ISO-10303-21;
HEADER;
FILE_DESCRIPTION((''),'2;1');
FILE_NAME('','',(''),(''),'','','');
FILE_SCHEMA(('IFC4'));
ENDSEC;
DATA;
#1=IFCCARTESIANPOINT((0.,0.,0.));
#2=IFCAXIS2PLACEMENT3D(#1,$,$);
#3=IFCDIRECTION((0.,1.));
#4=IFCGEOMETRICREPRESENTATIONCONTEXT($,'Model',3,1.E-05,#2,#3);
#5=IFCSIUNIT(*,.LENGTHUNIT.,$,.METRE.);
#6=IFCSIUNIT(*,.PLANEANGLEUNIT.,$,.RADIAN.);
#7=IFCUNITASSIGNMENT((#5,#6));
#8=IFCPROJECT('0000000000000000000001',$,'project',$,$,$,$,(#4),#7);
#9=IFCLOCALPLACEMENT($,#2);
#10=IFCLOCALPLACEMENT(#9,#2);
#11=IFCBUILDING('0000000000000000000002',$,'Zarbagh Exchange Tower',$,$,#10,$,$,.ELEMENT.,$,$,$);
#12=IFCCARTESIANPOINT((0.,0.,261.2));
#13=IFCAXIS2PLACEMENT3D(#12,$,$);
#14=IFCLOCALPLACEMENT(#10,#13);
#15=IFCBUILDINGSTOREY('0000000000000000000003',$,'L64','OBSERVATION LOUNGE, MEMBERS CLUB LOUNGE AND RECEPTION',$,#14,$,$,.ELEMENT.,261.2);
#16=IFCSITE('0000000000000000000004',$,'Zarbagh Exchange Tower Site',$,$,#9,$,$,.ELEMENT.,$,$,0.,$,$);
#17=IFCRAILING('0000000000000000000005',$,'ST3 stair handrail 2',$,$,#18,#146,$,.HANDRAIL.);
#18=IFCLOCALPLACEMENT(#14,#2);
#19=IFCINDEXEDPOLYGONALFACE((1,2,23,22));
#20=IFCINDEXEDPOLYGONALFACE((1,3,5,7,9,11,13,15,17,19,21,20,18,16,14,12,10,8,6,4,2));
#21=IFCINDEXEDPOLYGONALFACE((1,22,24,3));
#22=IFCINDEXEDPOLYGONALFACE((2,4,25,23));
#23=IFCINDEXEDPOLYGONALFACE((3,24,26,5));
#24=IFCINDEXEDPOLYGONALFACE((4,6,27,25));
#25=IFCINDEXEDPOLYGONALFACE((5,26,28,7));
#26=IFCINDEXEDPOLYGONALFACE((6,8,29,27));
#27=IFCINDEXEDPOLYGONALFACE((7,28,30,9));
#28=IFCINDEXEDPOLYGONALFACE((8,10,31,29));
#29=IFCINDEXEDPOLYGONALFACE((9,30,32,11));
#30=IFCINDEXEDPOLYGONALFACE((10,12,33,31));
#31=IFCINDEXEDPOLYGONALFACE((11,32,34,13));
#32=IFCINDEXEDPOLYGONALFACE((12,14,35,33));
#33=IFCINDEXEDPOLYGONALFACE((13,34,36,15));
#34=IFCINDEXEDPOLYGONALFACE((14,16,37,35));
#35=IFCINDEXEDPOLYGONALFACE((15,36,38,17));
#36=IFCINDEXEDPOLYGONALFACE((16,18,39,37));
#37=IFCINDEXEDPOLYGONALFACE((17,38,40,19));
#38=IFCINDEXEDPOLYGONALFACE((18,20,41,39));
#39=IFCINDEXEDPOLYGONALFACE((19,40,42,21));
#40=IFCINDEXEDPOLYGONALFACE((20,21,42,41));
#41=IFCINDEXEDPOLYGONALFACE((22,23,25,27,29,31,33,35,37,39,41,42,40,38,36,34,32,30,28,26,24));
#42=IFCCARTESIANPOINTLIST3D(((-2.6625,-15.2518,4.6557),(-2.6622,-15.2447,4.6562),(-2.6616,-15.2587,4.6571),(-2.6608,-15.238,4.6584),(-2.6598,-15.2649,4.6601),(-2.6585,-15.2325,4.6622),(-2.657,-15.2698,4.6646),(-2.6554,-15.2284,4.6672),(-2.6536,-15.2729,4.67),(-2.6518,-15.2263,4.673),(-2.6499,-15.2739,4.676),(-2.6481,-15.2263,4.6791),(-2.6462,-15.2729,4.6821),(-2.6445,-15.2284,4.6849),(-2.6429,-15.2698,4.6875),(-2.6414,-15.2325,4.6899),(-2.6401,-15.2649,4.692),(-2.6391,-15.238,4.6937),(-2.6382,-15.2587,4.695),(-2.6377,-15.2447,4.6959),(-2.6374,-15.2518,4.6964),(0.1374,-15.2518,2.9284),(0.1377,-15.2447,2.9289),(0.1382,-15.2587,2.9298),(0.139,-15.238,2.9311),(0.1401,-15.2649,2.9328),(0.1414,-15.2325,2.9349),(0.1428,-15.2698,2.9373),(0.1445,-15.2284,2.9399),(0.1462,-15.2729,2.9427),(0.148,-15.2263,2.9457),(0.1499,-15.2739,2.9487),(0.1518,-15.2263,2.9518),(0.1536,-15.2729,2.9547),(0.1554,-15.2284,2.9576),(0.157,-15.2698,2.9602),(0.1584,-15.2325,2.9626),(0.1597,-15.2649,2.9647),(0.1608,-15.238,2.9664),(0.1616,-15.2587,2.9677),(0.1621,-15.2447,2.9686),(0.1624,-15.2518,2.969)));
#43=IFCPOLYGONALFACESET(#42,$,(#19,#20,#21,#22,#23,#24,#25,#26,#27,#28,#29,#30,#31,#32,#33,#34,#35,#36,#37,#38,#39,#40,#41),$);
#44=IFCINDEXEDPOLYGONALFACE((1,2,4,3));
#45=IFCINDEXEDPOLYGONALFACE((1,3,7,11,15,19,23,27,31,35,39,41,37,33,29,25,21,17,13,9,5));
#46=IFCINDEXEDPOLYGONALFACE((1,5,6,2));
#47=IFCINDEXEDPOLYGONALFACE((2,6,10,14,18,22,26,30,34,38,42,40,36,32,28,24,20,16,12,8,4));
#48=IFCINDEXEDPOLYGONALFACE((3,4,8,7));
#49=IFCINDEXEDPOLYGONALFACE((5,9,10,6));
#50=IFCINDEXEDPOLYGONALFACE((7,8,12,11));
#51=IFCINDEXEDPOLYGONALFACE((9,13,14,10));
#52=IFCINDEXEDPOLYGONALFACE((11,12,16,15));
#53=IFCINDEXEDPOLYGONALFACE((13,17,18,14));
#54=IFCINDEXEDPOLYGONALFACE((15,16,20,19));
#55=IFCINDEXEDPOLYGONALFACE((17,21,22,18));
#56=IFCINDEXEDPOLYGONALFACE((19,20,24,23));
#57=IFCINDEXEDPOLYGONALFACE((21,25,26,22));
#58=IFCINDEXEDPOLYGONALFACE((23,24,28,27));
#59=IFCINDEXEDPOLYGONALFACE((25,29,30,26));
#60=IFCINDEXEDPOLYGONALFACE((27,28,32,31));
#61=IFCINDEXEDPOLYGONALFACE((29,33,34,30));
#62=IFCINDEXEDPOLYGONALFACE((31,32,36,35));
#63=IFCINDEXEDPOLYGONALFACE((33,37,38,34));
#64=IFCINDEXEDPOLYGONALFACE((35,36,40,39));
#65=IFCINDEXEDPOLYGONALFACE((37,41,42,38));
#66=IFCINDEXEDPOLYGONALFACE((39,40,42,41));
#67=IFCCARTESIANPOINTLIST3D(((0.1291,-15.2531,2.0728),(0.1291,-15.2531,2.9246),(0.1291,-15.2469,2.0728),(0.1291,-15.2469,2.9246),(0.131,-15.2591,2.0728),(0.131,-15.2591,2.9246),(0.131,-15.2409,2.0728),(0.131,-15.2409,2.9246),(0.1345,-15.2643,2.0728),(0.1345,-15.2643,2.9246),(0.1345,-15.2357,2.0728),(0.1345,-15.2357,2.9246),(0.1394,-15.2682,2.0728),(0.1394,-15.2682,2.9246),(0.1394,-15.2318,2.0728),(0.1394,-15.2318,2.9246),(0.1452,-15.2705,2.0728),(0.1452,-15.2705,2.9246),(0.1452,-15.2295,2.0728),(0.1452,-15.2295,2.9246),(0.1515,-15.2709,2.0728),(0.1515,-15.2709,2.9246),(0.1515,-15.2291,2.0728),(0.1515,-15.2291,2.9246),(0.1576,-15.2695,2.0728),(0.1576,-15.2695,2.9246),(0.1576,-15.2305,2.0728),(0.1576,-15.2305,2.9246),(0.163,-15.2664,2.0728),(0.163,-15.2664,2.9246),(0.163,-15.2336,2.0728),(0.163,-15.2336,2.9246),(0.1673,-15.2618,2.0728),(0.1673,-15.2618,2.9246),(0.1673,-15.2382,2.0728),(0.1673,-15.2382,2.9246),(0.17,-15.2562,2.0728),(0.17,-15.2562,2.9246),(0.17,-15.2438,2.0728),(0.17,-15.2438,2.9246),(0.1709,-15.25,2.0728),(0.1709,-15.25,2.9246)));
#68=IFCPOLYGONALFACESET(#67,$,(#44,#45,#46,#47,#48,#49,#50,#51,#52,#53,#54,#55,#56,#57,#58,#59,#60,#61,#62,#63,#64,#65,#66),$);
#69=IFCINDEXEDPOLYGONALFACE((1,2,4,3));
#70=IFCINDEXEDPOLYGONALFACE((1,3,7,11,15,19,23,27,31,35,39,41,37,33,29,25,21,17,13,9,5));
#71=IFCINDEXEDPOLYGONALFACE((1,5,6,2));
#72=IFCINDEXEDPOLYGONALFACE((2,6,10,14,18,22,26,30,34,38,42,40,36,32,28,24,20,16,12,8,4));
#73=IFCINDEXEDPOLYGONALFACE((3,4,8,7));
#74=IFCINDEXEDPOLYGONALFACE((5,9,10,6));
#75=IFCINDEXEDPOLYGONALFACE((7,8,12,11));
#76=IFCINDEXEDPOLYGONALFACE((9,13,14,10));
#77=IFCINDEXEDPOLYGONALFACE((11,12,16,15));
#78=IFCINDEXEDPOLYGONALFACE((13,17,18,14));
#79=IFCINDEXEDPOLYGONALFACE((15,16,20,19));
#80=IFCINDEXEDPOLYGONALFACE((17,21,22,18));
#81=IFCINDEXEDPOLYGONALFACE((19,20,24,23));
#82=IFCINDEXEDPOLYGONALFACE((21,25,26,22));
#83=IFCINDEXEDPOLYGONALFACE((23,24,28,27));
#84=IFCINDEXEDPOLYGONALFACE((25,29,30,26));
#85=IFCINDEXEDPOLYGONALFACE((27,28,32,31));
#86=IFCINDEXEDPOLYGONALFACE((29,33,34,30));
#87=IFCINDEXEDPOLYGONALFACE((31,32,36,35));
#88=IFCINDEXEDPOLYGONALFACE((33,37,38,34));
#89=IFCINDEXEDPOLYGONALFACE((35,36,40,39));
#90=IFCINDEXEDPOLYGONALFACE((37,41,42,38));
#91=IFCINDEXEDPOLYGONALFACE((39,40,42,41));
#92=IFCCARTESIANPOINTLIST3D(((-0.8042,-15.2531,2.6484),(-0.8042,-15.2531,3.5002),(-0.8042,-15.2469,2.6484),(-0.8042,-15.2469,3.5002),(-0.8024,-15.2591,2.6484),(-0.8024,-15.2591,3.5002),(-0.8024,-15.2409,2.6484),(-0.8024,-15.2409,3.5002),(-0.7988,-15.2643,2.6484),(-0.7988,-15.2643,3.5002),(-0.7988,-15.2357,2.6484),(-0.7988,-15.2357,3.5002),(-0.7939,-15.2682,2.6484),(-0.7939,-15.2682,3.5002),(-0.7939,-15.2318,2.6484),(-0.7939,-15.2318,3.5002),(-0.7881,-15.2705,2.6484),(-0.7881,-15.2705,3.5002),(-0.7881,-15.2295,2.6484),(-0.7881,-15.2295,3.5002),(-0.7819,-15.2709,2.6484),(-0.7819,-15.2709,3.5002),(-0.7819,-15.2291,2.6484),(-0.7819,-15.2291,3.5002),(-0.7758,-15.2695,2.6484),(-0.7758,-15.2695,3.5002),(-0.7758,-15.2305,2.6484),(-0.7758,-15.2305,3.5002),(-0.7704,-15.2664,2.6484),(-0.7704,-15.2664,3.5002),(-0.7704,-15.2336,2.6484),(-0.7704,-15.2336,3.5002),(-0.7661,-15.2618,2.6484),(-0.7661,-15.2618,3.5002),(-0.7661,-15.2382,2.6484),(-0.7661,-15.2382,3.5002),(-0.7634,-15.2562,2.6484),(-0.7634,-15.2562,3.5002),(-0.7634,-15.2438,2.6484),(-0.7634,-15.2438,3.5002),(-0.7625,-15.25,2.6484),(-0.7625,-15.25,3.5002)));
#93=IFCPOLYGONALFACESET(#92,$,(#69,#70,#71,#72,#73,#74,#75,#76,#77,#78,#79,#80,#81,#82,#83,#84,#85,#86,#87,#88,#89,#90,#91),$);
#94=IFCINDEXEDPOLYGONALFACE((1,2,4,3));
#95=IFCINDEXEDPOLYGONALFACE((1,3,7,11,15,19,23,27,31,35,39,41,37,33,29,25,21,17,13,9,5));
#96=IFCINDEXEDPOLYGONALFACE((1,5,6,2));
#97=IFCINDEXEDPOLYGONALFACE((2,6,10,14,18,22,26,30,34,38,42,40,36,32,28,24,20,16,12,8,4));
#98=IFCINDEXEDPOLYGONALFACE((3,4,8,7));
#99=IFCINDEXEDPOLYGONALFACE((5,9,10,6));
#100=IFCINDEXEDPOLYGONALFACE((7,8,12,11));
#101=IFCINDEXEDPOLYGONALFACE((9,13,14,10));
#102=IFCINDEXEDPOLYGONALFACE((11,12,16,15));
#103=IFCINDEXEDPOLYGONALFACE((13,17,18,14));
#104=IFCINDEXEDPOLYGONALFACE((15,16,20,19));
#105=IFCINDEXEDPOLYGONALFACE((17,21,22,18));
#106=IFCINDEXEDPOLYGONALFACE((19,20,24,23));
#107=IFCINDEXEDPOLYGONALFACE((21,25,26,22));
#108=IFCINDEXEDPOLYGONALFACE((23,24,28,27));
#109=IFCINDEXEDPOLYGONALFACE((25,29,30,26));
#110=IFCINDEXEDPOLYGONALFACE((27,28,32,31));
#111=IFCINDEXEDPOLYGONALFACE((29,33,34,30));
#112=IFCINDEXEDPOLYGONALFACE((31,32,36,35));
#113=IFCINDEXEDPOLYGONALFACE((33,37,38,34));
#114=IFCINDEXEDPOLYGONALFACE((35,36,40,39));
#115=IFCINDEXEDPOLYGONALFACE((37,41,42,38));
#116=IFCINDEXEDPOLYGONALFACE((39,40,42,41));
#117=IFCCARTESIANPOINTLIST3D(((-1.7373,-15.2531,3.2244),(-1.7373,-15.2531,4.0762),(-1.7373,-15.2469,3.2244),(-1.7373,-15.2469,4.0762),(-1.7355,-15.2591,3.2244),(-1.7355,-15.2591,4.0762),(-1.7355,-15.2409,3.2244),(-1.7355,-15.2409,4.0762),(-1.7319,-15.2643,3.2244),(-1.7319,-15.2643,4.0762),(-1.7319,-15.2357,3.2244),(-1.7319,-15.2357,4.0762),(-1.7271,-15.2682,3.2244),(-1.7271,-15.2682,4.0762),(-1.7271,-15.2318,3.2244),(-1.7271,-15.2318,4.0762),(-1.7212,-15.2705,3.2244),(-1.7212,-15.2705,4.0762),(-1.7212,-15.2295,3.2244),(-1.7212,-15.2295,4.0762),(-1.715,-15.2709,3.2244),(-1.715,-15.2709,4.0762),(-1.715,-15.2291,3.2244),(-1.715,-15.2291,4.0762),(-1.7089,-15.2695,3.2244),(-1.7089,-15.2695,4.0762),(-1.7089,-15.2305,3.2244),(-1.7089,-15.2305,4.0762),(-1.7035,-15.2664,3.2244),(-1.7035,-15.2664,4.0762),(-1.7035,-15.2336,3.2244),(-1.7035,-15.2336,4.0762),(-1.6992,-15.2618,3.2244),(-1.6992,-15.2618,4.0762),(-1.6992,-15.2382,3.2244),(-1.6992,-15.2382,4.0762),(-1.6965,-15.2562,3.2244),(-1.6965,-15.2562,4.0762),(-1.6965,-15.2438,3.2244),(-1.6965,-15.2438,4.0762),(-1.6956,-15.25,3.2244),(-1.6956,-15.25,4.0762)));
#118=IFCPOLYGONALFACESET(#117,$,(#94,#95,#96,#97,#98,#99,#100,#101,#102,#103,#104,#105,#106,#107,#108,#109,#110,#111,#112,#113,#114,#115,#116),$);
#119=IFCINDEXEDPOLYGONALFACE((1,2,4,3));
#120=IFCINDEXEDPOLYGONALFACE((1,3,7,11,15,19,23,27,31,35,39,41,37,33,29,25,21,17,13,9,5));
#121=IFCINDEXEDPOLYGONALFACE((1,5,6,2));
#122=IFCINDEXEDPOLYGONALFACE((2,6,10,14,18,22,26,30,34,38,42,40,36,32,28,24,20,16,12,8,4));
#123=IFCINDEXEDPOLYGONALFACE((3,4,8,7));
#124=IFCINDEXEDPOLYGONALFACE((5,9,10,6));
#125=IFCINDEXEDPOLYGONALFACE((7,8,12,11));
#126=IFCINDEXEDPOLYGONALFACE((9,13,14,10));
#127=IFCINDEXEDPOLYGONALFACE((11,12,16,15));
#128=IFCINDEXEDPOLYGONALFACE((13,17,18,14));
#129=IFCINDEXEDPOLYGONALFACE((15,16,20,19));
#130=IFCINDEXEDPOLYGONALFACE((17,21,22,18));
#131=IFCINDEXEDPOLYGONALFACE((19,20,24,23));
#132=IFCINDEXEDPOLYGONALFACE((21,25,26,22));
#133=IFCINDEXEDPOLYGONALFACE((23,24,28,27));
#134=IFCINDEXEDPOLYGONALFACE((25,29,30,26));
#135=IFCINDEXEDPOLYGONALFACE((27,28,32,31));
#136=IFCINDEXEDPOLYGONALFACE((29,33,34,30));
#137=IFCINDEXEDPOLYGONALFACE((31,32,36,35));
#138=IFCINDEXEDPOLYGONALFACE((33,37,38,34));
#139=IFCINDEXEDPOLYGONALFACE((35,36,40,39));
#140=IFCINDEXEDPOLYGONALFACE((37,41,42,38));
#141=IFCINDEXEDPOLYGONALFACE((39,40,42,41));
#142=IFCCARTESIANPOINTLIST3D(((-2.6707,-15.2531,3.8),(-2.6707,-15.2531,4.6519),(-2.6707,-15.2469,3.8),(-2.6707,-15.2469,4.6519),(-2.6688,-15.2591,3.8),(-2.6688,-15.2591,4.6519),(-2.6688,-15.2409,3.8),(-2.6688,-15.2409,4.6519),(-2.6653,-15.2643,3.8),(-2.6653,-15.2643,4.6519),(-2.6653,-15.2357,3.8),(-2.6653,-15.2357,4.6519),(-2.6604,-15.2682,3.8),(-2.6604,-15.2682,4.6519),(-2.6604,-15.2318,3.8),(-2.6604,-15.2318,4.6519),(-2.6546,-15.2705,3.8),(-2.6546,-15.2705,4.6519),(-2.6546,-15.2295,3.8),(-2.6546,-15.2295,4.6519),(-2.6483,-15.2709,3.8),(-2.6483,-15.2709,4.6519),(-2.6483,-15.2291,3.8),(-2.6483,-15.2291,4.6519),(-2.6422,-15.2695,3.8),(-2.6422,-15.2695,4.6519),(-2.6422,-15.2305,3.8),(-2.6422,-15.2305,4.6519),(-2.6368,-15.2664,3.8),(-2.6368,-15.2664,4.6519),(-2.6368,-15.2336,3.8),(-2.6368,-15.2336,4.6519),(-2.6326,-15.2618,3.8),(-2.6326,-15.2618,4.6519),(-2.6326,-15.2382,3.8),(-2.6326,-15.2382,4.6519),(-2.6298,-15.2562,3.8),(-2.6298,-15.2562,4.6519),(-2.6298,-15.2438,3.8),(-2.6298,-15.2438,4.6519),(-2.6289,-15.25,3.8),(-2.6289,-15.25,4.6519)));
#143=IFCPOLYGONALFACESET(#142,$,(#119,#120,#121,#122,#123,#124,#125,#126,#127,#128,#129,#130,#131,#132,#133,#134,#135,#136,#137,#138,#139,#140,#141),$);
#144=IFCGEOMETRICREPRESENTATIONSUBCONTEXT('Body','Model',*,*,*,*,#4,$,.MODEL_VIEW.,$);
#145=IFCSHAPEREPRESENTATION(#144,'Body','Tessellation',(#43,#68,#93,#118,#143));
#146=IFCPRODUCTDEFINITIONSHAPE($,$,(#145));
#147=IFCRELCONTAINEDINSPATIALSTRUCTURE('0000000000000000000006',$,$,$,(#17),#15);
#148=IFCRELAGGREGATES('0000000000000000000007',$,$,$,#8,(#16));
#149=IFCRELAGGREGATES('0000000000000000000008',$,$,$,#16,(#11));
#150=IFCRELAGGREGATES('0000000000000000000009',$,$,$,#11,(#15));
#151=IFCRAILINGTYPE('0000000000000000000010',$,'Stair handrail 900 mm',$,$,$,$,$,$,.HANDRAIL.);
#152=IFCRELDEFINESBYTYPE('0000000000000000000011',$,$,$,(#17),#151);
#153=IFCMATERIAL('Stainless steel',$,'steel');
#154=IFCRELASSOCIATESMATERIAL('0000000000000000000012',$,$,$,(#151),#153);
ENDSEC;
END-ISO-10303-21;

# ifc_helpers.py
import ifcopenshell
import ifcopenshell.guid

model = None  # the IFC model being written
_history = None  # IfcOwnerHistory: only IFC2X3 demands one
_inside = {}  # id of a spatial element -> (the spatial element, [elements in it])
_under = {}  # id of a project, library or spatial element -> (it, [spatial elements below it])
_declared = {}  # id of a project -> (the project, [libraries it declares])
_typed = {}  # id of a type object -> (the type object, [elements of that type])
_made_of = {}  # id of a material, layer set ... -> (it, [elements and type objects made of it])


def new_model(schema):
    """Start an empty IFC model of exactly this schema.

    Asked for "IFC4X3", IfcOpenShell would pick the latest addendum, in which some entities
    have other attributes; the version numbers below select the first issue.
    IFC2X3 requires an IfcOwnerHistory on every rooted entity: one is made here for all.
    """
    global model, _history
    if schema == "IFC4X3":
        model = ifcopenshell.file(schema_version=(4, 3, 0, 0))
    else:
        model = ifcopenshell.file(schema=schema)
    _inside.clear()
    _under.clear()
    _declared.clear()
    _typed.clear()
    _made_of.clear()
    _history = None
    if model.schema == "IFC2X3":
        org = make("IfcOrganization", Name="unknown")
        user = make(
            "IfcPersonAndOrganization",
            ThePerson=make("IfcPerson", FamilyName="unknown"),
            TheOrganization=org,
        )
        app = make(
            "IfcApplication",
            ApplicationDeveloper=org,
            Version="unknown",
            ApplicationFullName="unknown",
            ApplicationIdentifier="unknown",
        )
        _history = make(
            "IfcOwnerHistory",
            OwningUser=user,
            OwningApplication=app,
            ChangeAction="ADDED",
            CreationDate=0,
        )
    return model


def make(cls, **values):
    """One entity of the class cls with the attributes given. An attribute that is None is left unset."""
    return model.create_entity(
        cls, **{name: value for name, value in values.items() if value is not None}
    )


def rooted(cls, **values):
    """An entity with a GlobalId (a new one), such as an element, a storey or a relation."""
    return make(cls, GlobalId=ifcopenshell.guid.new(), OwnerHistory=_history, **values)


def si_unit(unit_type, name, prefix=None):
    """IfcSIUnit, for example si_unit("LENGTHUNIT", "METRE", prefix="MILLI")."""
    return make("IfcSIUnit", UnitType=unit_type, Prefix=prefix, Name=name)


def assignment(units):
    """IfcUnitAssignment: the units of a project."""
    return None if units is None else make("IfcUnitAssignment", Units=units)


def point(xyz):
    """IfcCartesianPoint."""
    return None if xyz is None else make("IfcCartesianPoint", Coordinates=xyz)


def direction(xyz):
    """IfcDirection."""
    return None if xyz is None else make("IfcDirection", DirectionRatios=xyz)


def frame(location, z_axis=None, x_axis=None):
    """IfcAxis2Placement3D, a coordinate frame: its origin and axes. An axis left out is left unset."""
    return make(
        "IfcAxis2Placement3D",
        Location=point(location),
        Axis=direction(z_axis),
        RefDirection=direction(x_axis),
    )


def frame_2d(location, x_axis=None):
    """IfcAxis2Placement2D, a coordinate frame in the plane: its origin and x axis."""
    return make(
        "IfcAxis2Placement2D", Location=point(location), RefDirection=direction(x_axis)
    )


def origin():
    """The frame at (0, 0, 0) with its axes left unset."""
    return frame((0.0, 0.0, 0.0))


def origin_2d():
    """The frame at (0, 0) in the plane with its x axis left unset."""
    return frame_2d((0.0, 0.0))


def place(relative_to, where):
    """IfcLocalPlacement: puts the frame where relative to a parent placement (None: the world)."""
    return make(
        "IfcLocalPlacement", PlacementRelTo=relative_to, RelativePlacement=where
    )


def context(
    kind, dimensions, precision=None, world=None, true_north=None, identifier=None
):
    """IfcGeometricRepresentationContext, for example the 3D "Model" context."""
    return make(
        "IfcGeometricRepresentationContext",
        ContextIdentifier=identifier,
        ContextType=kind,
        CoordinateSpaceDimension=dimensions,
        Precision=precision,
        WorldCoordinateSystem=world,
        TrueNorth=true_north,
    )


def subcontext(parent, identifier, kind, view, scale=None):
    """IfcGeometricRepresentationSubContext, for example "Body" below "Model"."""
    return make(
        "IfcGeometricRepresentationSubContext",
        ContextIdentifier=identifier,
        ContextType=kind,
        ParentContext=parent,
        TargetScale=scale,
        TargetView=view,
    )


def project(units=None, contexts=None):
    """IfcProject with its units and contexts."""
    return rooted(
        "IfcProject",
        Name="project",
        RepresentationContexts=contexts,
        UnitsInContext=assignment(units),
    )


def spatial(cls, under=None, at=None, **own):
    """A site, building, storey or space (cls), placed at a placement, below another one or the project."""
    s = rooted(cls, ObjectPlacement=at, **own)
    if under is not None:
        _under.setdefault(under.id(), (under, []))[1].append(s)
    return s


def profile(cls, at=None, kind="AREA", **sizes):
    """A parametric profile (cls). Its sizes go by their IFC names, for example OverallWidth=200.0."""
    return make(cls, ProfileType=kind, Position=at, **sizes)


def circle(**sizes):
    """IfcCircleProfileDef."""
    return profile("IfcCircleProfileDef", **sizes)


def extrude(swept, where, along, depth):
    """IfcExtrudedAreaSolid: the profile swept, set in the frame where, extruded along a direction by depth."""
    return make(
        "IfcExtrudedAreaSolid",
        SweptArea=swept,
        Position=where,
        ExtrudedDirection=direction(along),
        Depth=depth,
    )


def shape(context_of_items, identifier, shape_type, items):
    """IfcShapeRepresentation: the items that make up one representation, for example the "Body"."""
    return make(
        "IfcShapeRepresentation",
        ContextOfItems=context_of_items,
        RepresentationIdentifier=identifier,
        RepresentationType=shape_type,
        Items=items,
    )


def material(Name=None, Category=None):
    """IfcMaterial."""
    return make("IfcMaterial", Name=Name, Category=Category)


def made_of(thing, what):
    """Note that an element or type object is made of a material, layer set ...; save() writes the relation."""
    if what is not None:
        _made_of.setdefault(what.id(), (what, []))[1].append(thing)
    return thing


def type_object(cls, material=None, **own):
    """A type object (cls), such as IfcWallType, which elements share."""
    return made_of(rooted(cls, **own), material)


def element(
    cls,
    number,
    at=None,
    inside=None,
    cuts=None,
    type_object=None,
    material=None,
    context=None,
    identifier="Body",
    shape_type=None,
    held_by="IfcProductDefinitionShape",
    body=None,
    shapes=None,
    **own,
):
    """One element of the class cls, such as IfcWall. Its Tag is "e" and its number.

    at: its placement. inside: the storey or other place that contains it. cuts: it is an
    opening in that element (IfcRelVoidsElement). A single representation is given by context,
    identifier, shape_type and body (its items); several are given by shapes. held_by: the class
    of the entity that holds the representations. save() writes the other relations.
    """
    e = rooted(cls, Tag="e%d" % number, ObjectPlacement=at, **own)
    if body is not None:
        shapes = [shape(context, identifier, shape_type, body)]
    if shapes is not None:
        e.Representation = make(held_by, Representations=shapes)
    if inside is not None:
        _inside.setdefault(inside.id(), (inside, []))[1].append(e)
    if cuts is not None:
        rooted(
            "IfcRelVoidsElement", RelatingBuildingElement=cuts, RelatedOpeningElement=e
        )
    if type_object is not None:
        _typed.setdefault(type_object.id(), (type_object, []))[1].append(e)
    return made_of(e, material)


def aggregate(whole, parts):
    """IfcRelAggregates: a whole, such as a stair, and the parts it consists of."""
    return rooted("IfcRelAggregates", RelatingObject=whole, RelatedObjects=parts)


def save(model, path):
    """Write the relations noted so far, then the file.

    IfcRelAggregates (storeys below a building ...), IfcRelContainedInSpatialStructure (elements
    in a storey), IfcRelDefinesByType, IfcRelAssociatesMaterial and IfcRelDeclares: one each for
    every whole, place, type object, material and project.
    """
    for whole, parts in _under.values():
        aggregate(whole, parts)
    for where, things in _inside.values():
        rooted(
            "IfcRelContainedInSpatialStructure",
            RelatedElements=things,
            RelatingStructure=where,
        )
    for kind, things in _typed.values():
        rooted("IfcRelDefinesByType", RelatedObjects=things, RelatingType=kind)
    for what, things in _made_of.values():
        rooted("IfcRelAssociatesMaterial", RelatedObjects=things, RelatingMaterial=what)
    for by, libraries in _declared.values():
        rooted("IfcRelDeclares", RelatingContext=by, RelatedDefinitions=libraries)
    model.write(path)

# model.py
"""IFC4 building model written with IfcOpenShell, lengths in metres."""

from ifc_helpers import new_model, si_unit, direction, frame, origin, origin_2d, place, context, subcontext, project, spatial, circle, extrude, material, type_object, element, save


model = new_model("IFC4")

# Units and contexts
model_context = context("Model", 3, precision=1e-05, world=origin(), true_north=direction((0.0, 1.0)))
body_context = subcontext(model_context, "Body", "Model", "MODEL_VIEW")
ifc_project = project(units=[si_unit("LENGTHUNIT", "METRE"), si_unit("PLANEANGLEUNIT", "RADIAN")], contexts=[model_context])

# Site, building, storey
site_placement = place(None, origin())
site = spatial("IfcSite", under=ifc_project, at=site_placement, Name="Zarbagh Exchange Tower Site", CompositionType="ELEMENT", RefElevation=0.0)
building_placement = place(site_placement, origin())
building = spatial("IfcBuilding", under=site, at=building_placement, Name="Zarbagh Exchange Tower", CompositionType="ELEMENT")
storey_placement = place(building_placement, frame((0.0, 0.0, 261.2)))
storey = spatial("IfcBuildingStorey", under=building, at=storey_placement, Name="L64", Description="OBSERVATION LOUNGE, MEMBERS CLUB LOUNGE AND RECEPTION", CompositionType="ELEMENT", Elevation=261.2)

# Shared definitions
ifc_material_1 = material(Name="Stainless steel", Category="steel")

# Railing
railing_type = type_object("IfcRailingType", Name="Stair handrail 900 mm", PredefinedType="HANDRAIL", material=ifc_material_1)
railing_placement = place(storey_placement, frame((0.1499, -15.25, 2.0728)))
element("IfcRailing", 1, at=railing_placement, inside=storey, type_object=railing_type, Name="ST3 stair handrail 2", PredefinedType="HANDRAIL", context=body_context, shape_type="SweptSolid", body=[
    extrude(circle(Radius=0.0239, at=origin_2d()), frame((0.0, 0.0, 0.876), z_axis=(-0.851069, 0.0, 0.525054), x_axis=(0.0, -1.0, 0.0)), (0.0, 0.0, 1.0), 3.2898),
    extrude(circle(Radius=0.021, at=origin_2d()), origin(), (0.0, 0.0, 1.0), 0.8518),
    extrude(circle(Radius=0.021, at=origin_2d()), frame((-0.9333, 0.0, 0.5757)), (0.0, 0.0, 1.0), 0.8518),
    extrude(circle(Radius=0.021, at=origin_2d()), frame((-1.8665, 0.0, 1.1516)), (0.0, 0.0, 1.0), 0.8518),
    extrude(circle(Radius=0.021, at=origin_2d()), frame((-2.7998, 0.0, 1.7273)), (0.0, 0.0, 1.0), 0.8518),
])

save(model, "model.ifc")
